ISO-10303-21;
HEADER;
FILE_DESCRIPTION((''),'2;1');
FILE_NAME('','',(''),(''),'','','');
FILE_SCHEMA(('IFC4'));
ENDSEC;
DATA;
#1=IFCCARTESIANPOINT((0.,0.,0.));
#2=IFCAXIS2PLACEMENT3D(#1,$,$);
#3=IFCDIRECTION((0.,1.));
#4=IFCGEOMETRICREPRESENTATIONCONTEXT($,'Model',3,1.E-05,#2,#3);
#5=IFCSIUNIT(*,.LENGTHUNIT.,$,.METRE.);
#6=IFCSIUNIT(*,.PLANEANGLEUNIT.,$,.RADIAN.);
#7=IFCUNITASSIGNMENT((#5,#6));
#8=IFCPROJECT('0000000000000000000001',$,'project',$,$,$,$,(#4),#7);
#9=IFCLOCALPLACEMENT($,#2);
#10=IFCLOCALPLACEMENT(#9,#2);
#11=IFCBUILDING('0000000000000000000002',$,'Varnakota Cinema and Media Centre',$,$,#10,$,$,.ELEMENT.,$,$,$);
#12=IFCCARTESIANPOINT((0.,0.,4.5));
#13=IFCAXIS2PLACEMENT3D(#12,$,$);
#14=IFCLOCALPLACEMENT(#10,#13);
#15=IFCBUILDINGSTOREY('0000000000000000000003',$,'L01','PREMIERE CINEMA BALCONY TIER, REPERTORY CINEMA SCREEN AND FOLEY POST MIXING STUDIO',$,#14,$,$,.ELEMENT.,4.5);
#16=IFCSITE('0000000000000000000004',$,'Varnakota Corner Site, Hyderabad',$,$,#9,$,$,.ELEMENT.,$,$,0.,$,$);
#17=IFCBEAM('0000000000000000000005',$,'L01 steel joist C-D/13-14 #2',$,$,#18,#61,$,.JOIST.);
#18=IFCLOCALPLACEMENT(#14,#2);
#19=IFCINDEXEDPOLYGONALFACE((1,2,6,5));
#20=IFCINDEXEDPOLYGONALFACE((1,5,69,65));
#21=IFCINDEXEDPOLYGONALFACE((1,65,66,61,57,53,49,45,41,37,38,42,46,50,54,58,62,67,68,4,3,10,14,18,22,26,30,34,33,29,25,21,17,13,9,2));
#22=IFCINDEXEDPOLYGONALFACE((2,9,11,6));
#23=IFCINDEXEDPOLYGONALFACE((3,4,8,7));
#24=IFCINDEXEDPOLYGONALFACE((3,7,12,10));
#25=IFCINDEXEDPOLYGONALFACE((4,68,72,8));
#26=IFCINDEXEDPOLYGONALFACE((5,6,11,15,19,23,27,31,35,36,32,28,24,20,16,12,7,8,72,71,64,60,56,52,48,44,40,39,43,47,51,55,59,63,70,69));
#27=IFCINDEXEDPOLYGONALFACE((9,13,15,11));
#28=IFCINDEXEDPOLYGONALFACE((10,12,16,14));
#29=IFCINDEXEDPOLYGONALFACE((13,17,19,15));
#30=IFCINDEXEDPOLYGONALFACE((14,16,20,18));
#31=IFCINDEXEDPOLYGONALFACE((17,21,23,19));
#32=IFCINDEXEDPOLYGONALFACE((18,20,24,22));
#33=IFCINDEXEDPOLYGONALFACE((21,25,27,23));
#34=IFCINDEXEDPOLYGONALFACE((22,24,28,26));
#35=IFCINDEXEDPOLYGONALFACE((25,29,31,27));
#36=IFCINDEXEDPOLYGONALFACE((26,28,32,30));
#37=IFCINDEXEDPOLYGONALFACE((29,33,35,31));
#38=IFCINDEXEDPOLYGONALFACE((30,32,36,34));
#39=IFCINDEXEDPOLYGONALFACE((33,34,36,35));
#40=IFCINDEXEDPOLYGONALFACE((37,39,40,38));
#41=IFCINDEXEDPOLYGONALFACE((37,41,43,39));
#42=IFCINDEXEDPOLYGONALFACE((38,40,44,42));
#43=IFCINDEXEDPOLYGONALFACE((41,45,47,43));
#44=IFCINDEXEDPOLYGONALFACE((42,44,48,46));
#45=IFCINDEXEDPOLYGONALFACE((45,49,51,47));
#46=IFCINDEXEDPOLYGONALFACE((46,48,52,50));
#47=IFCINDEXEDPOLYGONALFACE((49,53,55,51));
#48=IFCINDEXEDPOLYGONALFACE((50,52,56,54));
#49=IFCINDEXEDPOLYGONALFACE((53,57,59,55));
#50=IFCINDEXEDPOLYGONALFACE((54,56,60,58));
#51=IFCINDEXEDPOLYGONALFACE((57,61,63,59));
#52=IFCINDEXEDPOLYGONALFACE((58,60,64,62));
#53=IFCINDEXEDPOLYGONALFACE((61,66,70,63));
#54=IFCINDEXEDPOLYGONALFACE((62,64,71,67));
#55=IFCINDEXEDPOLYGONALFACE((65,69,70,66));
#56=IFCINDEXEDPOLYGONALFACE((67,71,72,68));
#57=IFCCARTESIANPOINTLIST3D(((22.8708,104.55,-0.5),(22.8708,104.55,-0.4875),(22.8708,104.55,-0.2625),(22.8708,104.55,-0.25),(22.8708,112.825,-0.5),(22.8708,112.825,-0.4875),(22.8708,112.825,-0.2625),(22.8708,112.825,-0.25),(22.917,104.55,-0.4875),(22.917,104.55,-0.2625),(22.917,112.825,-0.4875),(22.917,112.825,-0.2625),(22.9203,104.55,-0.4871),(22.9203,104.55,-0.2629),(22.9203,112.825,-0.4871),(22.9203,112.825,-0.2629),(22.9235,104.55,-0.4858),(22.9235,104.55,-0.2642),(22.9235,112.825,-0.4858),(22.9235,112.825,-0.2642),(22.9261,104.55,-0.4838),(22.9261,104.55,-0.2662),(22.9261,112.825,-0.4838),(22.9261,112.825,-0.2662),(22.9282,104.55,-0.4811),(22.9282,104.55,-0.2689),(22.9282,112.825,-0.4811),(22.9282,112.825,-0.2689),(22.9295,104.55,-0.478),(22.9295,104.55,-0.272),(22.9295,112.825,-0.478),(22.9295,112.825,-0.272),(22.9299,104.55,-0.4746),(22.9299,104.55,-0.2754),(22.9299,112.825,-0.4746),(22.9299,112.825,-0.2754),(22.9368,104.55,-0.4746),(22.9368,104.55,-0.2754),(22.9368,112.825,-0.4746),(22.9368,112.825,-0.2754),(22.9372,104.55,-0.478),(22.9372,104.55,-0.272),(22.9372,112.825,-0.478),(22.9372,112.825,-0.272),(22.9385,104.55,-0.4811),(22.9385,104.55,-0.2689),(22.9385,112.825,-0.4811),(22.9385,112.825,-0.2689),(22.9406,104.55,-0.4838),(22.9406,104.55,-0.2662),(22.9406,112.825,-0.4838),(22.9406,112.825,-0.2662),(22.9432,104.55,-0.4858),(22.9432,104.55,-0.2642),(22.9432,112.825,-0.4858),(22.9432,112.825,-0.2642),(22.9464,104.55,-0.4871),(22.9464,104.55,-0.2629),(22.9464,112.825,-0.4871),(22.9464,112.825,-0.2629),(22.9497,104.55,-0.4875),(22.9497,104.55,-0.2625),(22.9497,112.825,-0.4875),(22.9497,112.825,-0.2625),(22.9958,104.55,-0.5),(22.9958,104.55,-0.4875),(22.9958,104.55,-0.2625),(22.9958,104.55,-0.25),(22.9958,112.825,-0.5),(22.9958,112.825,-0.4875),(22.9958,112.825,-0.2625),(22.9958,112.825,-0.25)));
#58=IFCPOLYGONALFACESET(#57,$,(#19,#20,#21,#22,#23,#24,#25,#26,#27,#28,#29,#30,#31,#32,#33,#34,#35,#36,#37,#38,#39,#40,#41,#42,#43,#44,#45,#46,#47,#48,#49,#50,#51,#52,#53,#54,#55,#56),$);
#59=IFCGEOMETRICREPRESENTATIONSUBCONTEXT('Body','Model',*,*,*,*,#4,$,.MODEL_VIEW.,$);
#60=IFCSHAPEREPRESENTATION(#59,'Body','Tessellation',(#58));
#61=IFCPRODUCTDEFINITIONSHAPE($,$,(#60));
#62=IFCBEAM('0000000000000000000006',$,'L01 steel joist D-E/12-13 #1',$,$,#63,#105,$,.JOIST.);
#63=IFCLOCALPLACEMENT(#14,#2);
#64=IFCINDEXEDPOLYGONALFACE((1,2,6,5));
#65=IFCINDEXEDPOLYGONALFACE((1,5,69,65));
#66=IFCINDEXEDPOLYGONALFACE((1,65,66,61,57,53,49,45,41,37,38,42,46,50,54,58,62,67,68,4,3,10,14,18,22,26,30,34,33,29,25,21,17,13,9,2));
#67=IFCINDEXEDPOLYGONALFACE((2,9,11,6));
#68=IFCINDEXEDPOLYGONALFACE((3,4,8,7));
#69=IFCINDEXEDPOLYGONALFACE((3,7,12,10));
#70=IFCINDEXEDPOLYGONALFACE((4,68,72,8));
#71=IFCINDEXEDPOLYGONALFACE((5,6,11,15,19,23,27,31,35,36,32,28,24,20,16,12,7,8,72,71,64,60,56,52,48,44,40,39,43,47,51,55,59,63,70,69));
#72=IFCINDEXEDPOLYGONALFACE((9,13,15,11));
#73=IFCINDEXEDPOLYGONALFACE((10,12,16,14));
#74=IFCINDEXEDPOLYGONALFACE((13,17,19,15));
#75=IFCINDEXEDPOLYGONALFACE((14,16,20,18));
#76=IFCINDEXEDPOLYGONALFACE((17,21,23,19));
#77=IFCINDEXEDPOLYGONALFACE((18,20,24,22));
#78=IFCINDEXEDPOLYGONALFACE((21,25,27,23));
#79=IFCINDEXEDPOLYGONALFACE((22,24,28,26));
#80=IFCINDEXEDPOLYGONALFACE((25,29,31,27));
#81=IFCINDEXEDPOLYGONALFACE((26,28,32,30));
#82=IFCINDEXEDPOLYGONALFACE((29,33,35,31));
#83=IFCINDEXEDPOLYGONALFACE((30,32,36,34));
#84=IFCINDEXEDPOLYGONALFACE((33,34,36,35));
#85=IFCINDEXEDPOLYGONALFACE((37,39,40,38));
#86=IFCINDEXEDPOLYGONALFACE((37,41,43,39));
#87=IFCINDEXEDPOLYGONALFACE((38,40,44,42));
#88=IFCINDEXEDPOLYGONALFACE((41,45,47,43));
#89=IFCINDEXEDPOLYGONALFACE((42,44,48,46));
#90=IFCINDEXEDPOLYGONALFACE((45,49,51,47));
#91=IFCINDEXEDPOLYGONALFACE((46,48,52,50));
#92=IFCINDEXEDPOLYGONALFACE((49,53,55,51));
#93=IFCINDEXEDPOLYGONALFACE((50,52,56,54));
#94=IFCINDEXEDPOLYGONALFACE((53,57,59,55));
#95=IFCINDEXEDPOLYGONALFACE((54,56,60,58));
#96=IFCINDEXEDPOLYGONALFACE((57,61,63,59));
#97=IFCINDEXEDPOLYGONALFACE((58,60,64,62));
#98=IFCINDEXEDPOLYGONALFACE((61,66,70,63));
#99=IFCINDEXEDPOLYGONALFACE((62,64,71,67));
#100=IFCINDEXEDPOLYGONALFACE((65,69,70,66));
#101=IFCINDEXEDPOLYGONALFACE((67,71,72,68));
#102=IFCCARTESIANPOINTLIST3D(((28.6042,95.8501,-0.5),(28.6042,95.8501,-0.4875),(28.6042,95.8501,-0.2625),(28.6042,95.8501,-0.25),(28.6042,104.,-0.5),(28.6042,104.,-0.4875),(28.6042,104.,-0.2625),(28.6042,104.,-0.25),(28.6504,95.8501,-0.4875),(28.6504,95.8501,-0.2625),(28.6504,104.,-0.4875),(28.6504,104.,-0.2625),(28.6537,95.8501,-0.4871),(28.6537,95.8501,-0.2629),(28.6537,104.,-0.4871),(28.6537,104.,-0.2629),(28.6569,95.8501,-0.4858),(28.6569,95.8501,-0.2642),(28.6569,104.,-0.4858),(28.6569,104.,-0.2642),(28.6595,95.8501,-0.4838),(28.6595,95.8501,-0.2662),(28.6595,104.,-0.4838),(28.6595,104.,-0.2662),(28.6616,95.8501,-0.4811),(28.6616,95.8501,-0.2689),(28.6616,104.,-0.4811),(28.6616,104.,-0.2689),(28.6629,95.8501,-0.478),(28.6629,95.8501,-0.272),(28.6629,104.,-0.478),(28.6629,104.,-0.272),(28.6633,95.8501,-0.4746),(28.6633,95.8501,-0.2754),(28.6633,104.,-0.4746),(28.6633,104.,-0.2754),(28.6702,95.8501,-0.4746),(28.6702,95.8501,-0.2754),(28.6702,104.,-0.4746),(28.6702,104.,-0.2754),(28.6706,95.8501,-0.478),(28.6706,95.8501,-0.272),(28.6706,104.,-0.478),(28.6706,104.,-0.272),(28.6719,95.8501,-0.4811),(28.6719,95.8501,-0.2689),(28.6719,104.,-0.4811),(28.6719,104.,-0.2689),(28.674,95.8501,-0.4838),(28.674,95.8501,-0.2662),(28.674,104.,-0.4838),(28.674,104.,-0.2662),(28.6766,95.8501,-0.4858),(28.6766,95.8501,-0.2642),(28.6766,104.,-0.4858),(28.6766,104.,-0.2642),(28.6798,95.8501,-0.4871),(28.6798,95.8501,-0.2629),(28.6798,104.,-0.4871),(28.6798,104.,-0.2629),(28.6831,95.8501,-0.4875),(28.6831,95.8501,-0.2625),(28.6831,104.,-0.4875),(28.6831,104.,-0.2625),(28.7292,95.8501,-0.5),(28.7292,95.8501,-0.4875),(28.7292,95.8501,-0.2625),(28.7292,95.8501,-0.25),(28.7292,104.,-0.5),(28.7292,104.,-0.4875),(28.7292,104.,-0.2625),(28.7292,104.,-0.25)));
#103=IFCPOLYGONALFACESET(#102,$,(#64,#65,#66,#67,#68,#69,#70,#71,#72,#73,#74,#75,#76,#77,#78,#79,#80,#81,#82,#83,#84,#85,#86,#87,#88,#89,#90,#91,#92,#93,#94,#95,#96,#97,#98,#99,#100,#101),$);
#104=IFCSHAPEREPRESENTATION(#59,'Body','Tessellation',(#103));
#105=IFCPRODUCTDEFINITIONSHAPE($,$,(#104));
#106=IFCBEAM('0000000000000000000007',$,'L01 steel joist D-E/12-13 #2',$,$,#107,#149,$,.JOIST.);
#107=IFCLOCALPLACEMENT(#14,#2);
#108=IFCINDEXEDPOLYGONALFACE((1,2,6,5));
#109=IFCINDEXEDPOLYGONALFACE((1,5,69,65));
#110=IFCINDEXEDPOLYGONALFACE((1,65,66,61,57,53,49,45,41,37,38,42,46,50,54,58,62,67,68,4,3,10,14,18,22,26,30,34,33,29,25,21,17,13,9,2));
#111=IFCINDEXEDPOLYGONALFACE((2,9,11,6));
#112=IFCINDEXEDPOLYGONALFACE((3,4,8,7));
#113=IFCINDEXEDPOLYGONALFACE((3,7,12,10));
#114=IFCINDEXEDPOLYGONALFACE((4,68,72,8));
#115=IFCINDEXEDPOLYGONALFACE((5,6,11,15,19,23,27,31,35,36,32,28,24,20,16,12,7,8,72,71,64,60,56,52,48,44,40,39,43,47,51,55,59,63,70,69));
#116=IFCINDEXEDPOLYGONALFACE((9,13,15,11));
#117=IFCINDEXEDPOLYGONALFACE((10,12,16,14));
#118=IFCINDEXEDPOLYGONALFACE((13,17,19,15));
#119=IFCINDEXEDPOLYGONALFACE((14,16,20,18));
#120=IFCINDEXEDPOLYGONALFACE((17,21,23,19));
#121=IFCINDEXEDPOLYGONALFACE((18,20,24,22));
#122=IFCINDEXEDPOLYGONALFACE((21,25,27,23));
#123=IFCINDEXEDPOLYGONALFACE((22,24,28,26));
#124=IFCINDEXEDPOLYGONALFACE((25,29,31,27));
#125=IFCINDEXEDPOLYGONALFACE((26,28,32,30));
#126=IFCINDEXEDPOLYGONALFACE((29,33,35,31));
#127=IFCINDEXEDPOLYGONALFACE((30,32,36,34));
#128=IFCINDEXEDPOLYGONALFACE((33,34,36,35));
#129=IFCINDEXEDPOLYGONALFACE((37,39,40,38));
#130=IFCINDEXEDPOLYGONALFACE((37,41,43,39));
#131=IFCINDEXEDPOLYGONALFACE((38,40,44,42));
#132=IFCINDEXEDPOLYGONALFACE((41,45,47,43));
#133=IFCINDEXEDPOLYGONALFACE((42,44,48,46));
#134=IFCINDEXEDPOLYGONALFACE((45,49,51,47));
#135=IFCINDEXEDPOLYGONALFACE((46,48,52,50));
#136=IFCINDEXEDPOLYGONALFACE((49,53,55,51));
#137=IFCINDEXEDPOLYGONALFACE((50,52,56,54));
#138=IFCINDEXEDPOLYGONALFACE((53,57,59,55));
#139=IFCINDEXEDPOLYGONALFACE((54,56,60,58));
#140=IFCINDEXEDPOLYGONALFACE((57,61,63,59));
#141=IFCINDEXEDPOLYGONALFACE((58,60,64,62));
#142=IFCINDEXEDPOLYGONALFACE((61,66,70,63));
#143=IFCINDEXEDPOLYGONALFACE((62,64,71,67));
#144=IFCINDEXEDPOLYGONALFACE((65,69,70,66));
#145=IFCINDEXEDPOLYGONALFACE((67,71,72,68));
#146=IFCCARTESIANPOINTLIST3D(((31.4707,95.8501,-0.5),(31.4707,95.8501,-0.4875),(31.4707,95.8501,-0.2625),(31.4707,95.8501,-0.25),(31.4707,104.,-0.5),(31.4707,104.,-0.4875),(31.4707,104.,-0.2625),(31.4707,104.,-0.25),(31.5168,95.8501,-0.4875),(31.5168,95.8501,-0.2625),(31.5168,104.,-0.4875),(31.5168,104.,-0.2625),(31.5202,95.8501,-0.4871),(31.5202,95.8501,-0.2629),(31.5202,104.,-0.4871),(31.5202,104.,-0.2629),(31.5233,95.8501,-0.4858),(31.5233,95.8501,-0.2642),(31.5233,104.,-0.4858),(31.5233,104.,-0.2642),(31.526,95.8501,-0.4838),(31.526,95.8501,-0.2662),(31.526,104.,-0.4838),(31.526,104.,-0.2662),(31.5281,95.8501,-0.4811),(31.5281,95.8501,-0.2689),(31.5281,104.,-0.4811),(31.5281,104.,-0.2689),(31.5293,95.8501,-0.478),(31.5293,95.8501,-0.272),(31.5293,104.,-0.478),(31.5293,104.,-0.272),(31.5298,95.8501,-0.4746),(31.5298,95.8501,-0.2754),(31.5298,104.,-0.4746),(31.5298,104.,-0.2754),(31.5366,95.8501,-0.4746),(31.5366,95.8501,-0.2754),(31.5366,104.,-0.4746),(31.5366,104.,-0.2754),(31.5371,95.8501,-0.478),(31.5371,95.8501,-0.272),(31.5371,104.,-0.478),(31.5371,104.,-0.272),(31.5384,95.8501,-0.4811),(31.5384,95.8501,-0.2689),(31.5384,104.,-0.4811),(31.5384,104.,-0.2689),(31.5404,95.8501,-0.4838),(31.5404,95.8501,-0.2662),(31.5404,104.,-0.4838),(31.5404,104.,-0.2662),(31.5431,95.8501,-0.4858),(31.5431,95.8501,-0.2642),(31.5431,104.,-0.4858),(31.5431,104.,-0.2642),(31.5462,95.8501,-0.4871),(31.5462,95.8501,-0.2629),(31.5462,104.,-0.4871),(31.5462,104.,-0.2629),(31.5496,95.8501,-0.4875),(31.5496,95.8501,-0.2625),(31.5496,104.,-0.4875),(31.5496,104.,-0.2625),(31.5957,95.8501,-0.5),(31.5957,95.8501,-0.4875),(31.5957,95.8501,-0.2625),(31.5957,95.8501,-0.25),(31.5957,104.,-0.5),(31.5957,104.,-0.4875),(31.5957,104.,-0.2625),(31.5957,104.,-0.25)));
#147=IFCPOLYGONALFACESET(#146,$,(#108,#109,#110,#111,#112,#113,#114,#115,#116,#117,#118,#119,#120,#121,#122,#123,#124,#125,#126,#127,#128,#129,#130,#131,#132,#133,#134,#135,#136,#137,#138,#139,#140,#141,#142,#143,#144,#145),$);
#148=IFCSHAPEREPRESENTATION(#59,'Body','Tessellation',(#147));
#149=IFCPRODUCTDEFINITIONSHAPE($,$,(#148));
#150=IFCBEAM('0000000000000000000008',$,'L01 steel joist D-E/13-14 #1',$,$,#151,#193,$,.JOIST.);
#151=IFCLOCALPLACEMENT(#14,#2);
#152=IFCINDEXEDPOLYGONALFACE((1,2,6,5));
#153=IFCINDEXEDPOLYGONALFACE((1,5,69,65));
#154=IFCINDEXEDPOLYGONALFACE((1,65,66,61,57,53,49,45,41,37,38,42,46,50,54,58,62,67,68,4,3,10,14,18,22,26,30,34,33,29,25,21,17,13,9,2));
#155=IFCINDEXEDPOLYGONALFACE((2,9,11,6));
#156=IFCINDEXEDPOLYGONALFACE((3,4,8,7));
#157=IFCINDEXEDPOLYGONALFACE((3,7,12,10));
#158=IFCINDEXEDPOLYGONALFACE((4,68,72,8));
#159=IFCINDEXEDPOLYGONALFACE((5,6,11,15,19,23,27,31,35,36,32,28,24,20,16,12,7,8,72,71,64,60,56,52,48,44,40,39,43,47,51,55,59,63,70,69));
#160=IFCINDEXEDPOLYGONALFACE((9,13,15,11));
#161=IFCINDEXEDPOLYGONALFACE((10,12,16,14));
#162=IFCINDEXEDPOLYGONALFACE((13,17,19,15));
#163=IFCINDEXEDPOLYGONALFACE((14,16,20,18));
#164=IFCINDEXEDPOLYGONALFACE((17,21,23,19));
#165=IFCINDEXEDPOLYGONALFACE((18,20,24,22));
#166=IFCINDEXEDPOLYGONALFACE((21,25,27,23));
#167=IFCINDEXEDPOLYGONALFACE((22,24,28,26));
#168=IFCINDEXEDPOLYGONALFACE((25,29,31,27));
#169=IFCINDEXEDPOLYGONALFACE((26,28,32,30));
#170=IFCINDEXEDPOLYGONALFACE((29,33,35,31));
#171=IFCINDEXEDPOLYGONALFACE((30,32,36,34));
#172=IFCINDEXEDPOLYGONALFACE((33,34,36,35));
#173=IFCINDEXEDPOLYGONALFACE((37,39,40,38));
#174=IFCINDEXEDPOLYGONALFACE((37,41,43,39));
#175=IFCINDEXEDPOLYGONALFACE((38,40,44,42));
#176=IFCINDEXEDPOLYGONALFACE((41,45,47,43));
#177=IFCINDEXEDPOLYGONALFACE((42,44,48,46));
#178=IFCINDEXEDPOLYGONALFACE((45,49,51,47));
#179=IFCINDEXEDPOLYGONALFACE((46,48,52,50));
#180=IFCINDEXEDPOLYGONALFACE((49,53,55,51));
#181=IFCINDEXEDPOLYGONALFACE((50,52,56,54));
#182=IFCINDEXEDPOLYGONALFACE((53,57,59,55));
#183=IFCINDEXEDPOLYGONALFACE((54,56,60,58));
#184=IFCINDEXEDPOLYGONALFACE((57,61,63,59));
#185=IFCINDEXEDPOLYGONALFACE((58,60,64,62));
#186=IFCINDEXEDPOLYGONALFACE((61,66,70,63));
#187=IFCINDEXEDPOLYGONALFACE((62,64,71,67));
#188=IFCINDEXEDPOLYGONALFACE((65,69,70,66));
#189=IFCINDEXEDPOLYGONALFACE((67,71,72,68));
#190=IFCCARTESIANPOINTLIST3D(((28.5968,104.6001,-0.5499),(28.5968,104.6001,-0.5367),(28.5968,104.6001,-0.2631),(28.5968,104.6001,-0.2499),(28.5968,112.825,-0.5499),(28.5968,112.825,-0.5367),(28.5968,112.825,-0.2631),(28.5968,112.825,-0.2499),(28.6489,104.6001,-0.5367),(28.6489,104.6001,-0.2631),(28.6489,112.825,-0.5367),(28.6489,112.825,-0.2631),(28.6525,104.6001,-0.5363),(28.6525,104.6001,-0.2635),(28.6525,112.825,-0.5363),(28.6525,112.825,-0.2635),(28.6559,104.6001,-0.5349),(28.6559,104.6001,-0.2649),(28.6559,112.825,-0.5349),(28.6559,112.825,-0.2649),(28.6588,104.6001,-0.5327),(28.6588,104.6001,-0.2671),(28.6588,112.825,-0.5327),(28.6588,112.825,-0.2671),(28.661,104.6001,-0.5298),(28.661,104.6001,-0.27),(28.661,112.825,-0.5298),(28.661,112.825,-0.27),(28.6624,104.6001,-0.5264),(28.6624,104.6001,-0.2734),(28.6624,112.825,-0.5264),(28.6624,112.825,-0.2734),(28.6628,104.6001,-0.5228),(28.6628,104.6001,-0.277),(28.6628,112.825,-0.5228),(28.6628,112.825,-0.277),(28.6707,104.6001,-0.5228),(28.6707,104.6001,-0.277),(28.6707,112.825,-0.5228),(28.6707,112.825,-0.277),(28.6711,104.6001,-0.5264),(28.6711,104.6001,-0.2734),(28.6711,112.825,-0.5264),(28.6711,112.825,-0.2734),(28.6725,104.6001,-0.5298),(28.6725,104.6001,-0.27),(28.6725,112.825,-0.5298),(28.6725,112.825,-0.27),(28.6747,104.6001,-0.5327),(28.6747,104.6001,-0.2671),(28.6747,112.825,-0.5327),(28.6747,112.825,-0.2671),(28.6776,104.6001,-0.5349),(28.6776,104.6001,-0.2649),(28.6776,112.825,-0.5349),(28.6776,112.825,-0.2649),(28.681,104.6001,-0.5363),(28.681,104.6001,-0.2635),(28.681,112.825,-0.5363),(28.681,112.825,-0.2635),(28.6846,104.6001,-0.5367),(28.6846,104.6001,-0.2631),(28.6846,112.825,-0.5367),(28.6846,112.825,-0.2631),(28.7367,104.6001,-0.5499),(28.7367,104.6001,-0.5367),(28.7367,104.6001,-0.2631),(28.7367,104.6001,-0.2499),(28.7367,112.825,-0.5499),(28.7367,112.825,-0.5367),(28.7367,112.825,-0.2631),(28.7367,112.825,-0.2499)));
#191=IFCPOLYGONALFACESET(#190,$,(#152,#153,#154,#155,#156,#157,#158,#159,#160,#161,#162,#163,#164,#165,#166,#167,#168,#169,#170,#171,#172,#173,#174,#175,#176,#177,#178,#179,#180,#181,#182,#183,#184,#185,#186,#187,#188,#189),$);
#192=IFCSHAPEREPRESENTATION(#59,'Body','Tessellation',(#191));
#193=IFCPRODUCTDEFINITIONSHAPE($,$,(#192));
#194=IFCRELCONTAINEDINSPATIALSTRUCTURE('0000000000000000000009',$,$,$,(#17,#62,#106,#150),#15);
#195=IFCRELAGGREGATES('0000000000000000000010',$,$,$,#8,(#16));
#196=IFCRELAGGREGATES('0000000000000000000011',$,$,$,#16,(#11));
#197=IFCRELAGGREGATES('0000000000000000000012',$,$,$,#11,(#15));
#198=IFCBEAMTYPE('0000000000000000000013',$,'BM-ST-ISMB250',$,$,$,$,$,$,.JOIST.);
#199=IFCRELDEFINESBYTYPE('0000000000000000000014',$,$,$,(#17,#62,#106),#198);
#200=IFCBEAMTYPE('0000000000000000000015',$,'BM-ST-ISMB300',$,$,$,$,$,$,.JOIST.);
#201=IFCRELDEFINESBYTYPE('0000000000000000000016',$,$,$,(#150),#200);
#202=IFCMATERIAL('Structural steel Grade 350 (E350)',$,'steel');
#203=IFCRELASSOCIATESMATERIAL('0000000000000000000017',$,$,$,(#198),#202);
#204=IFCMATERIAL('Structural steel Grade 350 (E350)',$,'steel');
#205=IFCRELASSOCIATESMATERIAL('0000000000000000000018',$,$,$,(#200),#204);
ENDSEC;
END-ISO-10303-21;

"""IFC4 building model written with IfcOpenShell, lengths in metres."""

from ifc_helpers import new_model, si_unit, direction, frame, origin, origin_2d, place, context, subcontext, project, spatial, i_section, extrude, material, material_profile, profile_set, type_object, element, save


model = new_model("IFC4")

# Units and contexts
model_context = context("Model", 3, precision=1e-05, world=origin(), true_north=direction((0.0, 1.0)))
body_context = subcontext(model_context, "Body", "Model", "MODEL_VIEW")
ifc_project = project(units=[si_unit("LENGTHUNIT", "METRE"), si_unit("PLANEANGLEUNIT", "RADIAN")], contexts=[model_context])

# Site, building, storey
site_placement = place(None, origin())
site = spatial("IfcSite", under=ifc_project, at=site_placement, Name="Varnakota Corner Site, Hyderabad", CompositionType="ELEMENT", RefElevation=0.0)
building_placement = place(site_placement, origin())
building = spatial("IfcBuilding", under=site, at=building_placement, Name="Varnakota Cinema and Media Centre", CompositionType="ELEMENT")
storey_placement = place(building_placement, frame((0.0, 0.0, 4.5)))
storey = spatial("IfcBuildingStorey", under=building, at=storey_placement, Name="L01", Description="PREMIERE CINEMA BALCONY TIER, REPERTORY CINEMA SCREEN AND FOLEY POST MIXING STUDIO", CompositionType="ELEMENT", Elevation=4.5)

# Beams
ifc_material_1 = material(Name="Structural steel Grade 350 (E350)", Category="steel")
ifc_material_profile_1 = material_profile(ifc_material_1, i_section(OverallWidth=0.125, OverallDepth=0.25, WebThickness=0.0068, FlangeThickness=0.0125, FilletRadius=0.0129, at=origin_2d()), Name="ISMB 250")
ifc_profile_set_1 = profile_set([ifc_material_profile_1], Name="Structural steel Grade 350 (E350)")
beam_type_1 = type_object("IfcBeamType", Name="BM-ST-ISMB250", PredefinedType="JOIST", material=ifc_profile_set_1)
for number, where, z_axis, x_axis, name in (
    (1, (22.9333, 104.55, -0.375), (0.0, 1.0, 0.0), (-1.0, 0.0, 0.0), "L01 steel joist C-D/13-14 #2"),
):
    element("IfcBeam", number, at=place(storey_placement, frame(where, z_axis=z_axis, x_axis=x_axis)), inside=storey, type_object=beam_type_1, Name=name, PredefinedType="JOIST", context=body_context, shape_type="SweptSolid", body=[
        extrude(i_section(OverallWidth=0.125, OverallDepth=0.25, WebThickness=0.0068, FlangeThickness=0.0125, FilletRadius=0.0129, at=origin_2d()), origin(), (0.0, 0.0, 1.0), 8.2749),
    ])
for number, where, z_axis, x_axis, name in (
    (2, (28.6667, 95.8501, -0.375), (0.0, 1.0, 0.0), (-1.0, 0.0, 0.0), "L01 steel joist D-E/12-13 #1"),
    (3, (31.5332, 95.8501, -0.375), (0.0, 1.0, 0.0), (-1.0, 0.0, 0.0), "L01 steel joist D-E/12-13 #2"),
):
    element("IfcBeam", number, at=place(storey_placement, frame(where, z_axis=z_axis, x_axis=x_axis)), inside=storey, type_object=beam_type_1, Name=name, PredefinedType="JOIST", context=body_context, shape_type="SweptSolid", body=[
        extrude(i_section(OverallWidth=0.125, OverallDepth=0.25, WebThickness=0.0068, FlangeThickness=0.0125, FilletRadius=0.0129, at=origin_2d()), origin(), (0.0, 0.0, 1.0), 8.1499),
    ])
ifc_material_2 = material(Name="Structural steel Grade 350 (E350)", Category="steel")
ifc_material_profile_2 = material_profile(ifc_material_2, i_section(OverallWidth=0.1399, OverallDepth=0.3, WebThickness=0.0078, FlangeThickness=0.0132, FilletRadius=0.0139, at=origin_2d()), Name="ISMB 300")
ifc_profile_set_2 = profile_set([ifc_material_profile_2], Name="Structural steel Grade 350 (E350)")
beam_type_2 = type_object("IfcBeamType", Name="BM-ST-ISMB300", PredefinedType="JOIST", material=ifc_profile_set_2)
for number, where, z_axis, x_axis, name in (
    (4, (28.6667, 104.6001, -0.3999), (0.0, 1.0, 0.0), (-1.0, 0.0, 0.0), "L01 steel joist D-E/13-14 #1"),
):
    element("IfcBeam", number, at=place(storey_placement, frame(where, z_axis=z_axis, x_axis=x_axis)), inside=storey, type_object=beam_type_2, Name=name, PredefinedType="JOIST", context=body_context, shape_type="SweptSolid", body=[
        extrude(i_section(OverallWidth=0.1399, OverallDepth=0.3, WebThickness=0.0078, FlangeThickness=0.0132, FilletRadius=0.0139, at=origin_2d()), origin(), (0.0, 0.0, 1.0), 8.2249),
    ])

save(model, "model.ifc")
